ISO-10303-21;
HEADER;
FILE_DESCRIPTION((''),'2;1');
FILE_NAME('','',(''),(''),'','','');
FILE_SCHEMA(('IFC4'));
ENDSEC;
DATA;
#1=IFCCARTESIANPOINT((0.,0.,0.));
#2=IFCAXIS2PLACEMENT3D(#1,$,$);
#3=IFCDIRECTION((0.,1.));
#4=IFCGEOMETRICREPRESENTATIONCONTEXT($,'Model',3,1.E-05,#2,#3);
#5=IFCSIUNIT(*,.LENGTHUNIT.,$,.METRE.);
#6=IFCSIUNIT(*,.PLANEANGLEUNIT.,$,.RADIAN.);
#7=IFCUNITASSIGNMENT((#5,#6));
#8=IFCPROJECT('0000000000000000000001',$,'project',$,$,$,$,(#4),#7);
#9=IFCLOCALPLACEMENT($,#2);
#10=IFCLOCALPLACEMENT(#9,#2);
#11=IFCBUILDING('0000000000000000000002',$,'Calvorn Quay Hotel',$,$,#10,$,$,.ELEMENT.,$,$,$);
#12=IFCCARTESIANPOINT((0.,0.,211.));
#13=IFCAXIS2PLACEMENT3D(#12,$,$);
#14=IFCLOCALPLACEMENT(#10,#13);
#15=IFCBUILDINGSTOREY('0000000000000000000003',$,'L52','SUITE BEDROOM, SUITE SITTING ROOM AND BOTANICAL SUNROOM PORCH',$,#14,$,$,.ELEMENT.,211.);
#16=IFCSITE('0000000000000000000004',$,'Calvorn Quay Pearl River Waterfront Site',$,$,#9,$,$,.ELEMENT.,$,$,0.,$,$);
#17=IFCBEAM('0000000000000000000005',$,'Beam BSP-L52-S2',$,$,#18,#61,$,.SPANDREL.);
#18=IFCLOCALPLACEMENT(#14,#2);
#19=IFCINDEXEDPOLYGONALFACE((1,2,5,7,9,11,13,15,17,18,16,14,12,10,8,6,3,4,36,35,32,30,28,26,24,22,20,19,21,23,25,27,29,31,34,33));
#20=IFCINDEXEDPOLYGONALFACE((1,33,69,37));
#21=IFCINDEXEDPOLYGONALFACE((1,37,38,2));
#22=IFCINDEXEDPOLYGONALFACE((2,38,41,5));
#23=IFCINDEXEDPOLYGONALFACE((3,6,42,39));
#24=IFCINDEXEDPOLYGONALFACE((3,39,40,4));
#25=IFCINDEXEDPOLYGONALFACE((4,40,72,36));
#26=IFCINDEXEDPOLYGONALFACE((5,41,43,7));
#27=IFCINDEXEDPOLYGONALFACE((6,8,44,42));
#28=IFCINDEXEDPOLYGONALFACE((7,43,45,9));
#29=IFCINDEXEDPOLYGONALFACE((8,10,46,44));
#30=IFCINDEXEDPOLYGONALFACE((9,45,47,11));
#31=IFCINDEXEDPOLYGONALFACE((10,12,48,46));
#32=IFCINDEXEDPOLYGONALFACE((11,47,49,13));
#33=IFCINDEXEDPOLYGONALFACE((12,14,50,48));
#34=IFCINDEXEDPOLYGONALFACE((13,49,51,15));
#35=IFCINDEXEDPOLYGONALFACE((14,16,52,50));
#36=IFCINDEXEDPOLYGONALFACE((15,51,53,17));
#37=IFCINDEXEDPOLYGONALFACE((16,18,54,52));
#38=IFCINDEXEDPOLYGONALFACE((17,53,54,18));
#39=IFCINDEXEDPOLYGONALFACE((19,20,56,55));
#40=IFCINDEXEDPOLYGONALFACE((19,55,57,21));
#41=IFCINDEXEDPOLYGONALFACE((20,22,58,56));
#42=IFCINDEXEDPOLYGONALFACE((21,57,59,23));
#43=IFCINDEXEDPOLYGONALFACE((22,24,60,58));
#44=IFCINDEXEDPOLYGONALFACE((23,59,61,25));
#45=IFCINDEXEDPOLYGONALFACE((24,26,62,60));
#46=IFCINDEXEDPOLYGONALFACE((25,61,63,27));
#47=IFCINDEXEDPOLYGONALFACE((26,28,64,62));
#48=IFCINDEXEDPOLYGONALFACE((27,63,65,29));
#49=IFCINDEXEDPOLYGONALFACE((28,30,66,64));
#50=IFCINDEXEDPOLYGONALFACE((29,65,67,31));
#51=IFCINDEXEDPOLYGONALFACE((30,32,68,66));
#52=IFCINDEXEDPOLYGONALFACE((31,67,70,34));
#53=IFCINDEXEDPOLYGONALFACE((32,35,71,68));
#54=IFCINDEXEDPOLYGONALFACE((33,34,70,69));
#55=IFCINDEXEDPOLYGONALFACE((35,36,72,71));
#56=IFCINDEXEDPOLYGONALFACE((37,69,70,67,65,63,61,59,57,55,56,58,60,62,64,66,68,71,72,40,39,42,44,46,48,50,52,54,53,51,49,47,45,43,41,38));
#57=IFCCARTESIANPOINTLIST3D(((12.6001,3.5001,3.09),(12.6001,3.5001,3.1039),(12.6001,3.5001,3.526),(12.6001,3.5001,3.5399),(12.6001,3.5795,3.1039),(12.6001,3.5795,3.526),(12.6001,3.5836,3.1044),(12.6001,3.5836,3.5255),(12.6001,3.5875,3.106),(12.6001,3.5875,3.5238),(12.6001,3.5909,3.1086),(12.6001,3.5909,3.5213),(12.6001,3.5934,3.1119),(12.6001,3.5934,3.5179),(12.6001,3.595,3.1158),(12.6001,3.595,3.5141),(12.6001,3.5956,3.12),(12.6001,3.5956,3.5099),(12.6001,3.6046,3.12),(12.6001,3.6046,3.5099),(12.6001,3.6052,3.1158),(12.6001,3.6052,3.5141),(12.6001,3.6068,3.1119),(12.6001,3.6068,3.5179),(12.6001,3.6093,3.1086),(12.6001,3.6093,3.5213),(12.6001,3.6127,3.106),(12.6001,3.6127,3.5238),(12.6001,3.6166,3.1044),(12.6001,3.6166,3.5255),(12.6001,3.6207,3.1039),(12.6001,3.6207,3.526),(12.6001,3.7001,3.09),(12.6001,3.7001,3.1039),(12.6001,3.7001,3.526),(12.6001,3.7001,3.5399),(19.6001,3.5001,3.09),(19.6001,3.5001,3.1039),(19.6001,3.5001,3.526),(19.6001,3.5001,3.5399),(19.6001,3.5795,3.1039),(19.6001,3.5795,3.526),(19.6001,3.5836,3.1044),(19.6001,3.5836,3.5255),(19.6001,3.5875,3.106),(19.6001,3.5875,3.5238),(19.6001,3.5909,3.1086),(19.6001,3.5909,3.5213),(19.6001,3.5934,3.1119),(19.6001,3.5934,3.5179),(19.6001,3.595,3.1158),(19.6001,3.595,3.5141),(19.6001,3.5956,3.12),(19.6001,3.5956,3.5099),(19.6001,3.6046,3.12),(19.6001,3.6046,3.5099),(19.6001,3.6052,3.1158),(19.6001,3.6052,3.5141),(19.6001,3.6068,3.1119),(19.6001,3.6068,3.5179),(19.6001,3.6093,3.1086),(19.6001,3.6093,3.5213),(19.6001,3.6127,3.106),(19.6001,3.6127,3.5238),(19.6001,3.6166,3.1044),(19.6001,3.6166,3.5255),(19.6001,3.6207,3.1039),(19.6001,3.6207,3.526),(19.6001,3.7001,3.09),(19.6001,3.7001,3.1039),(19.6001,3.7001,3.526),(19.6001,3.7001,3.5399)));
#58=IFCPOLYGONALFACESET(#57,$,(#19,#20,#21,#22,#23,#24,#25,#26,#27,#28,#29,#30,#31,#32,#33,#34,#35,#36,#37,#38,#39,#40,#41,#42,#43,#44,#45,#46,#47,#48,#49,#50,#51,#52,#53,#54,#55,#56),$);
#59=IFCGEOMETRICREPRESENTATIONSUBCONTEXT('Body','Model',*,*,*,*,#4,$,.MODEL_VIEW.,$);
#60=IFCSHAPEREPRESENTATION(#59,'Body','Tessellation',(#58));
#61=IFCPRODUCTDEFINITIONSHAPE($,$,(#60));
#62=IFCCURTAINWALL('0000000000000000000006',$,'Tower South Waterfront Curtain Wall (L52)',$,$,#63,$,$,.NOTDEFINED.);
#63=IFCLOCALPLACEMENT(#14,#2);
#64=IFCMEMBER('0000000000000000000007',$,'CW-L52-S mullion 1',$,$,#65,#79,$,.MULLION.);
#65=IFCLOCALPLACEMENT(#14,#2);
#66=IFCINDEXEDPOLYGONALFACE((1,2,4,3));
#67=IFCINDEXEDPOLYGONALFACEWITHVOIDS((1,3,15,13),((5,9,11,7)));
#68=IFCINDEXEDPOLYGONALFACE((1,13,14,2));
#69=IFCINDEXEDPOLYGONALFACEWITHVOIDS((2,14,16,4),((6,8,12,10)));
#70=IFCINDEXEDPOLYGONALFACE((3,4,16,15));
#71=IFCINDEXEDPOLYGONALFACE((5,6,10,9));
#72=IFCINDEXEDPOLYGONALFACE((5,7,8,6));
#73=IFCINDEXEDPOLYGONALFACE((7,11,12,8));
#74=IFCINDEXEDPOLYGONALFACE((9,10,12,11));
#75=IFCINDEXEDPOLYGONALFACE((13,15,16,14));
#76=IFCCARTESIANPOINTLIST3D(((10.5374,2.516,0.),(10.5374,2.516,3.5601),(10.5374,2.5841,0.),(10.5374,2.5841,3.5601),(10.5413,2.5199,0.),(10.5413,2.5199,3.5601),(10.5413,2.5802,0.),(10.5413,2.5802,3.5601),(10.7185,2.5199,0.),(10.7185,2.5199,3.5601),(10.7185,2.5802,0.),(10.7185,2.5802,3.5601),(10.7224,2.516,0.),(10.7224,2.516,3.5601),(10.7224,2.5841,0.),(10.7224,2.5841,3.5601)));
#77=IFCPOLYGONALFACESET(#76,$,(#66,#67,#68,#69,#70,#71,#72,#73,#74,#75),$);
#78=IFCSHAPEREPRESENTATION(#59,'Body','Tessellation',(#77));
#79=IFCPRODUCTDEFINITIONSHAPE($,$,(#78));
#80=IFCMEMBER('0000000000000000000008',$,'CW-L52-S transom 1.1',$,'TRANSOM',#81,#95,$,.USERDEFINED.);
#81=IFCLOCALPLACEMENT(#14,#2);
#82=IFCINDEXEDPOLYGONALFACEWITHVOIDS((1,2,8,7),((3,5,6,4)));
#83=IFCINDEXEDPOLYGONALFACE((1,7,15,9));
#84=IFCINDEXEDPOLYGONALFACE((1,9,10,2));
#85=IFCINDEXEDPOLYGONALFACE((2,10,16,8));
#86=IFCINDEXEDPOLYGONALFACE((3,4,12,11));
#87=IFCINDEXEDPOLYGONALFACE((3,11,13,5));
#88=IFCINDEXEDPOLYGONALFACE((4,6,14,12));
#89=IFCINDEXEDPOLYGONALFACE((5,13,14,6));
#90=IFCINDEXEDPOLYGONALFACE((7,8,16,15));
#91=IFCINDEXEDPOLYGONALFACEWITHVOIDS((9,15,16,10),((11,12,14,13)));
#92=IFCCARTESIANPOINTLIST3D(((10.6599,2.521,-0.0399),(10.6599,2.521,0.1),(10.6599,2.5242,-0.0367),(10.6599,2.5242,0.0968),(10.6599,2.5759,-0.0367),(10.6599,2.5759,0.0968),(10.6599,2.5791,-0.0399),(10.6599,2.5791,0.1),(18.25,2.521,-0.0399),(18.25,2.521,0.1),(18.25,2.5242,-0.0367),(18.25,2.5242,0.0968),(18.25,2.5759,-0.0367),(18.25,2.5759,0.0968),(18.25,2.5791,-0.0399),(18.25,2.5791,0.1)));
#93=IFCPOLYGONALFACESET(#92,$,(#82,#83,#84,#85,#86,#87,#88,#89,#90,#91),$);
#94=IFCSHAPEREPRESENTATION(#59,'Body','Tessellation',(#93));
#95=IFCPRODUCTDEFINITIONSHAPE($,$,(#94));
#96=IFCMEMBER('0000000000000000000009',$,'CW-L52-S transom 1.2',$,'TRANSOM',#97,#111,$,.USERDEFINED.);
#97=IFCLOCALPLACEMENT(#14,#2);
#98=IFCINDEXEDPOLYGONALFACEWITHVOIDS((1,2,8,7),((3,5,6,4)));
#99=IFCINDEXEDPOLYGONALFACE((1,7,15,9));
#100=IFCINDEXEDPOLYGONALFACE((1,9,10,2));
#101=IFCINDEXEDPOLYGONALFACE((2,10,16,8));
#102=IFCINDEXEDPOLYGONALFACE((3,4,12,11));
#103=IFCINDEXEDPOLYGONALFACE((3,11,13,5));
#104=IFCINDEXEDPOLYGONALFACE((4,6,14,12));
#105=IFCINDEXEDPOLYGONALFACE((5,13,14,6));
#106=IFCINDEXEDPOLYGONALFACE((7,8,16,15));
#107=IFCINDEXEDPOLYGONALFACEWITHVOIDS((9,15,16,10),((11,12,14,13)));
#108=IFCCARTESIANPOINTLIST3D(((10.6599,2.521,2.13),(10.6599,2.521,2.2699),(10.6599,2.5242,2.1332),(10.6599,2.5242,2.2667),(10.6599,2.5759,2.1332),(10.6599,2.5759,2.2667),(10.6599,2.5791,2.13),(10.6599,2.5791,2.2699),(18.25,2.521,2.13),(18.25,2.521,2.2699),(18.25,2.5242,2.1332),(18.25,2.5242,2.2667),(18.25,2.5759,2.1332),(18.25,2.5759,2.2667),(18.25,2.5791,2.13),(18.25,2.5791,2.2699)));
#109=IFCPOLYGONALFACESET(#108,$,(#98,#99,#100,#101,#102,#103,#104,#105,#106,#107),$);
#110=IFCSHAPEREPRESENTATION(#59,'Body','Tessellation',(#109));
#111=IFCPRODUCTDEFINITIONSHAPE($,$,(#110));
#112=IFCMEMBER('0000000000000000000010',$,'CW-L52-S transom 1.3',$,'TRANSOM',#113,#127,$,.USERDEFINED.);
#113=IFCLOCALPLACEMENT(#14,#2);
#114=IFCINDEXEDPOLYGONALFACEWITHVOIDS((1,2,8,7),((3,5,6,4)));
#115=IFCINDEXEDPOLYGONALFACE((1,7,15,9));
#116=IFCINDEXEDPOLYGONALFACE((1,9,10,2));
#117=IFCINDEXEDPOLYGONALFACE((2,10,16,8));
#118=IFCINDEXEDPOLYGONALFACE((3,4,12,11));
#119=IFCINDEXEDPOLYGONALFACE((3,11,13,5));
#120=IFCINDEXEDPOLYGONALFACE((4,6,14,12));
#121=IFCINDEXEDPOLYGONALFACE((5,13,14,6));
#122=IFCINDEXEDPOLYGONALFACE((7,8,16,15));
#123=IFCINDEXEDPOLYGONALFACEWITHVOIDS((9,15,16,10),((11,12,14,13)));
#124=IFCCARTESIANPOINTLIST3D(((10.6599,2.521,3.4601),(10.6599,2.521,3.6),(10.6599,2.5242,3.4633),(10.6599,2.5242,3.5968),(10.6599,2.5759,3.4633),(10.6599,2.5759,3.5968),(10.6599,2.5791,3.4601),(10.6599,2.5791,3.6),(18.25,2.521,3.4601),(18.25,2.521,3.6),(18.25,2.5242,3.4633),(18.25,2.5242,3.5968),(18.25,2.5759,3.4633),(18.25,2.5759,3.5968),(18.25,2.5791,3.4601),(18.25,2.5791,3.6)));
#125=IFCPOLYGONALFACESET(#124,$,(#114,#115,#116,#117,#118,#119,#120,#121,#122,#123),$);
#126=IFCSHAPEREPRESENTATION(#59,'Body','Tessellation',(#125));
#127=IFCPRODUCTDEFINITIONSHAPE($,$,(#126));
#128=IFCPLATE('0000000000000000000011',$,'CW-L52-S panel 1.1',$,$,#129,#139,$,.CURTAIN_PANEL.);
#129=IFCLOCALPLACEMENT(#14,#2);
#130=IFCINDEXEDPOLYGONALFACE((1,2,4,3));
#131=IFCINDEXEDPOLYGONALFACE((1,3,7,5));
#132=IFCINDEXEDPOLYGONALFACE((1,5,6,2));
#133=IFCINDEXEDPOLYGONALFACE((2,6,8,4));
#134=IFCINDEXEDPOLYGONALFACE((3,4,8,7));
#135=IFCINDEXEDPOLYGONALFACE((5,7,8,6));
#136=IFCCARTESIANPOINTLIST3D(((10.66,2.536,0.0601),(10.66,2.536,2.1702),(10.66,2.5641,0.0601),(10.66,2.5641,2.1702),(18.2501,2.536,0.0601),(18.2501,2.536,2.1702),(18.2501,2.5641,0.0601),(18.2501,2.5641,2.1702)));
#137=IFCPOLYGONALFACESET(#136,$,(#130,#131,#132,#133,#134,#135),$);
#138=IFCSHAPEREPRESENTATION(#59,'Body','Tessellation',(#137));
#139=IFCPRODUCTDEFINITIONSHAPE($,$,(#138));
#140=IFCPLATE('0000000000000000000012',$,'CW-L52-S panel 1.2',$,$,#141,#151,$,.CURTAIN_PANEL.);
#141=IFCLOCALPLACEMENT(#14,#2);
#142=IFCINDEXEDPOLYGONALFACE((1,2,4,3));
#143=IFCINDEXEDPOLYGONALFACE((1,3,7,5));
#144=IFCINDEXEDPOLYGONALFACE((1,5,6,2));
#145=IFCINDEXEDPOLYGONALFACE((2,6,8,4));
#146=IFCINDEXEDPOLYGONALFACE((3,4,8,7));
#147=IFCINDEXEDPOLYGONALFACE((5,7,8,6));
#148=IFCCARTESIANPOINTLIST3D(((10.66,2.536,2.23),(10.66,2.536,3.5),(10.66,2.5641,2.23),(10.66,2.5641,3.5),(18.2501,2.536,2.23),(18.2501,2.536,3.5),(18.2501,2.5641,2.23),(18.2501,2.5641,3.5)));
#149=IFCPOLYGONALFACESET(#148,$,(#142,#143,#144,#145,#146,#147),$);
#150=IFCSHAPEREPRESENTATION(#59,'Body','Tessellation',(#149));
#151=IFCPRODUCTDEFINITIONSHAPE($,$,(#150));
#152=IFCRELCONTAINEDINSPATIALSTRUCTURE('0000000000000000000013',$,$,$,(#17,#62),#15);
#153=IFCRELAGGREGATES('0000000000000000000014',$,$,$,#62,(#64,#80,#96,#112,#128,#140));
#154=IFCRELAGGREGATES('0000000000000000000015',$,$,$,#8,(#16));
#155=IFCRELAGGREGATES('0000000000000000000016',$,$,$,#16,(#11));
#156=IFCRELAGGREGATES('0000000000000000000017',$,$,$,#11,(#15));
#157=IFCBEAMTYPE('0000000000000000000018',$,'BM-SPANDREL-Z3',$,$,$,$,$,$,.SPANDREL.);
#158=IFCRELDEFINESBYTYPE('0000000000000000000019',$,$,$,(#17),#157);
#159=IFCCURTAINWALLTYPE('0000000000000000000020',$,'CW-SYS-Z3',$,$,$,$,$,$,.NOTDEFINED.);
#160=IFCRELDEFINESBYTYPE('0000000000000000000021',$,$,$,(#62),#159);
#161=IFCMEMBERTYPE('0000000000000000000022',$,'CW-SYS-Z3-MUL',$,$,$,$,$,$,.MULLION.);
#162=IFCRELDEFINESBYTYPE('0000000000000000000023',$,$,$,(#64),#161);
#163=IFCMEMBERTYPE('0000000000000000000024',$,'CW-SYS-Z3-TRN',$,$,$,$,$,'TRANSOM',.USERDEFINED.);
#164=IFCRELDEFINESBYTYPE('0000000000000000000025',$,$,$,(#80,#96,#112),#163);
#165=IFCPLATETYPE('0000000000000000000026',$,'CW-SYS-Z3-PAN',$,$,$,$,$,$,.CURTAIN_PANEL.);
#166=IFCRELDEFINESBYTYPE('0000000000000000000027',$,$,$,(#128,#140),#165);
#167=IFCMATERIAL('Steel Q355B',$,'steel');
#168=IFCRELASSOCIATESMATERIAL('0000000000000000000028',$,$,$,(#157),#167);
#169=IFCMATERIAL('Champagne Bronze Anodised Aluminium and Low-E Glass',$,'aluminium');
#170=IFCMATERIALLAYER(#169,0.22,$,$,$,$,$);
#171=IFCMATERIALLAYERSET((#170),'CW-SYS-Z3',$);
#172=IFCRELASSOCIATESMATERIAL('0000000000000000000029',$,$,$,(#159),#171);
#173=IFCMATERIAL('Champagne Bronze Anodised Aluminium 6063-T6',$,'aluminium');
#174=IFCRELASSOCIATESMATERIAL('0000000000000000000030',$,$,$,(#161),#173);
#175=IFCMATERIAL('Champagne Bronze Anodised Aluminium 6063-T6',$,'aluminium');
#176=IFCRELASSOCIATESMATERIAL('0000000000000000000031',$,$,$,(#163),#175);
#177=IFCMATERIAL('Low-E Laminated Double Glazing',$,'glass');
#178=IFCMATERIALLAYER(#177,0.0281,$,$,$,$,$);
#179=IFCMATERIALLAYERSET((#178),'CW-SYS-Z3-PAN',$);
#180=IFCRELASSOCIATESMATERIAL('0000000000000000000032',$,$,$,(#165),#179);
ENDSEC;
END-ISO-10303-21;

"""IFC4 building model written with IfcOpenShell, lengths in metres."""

from ifc_helpers import new_model, si_unit, direction, frame, origin, origin_2d, place, context, subcontext, project, spatial, rectangle, hollow_rectangle, i_section, extrude, material, layer, layer_set, material_profile, profile_set, type_object, element, aggregate, save


model = new_model("IFC4")

# Units and contexts
model_context = context("Model", 3, precision=1e-05, world=origin(), true_north=direction((0.0, 1.0)))
body_context = subcontext(model_context, "Body", "Model", "MODEL_VIEW")
ifc_project = project(units=[si_unit("LENGTHUNIT", "METRE"), si_unit("PLANEANGLEUNIT", "RADIAN")], contexts=[model_context])

# Site, building, storey
site_placement = place(None, origin())
site = spatial("IfcSite", under=ifc_project, at=site_placement, Name="Calvorn Quay Pearl River Waterfront Site", CompositionType="ELEMENT", RefElevation=0.0)
building_placement = place(site_placement, origin())
building = spatial("IfcBuilding", under=site, at=building_placement, Name="Calvorn Quay Hotel", CompositionType="ELEMENT")
storey_placement = place(building_placement, frame((0.0, 0.0, 211.0)))
storey = spatial("IfcBuildingStorey", under=building, at=storey_placement, Name="L52", Description="SUITE BEDROOM, SUITE SITTING ROOM AND BOTANICAL SUNROOM PORCH", CompositionType="ELEMENT", Elevation=211.0)

# Beam
ifc_material_1 = material(Name="Steel Q355B", Category="steel")
ifc_material_profile_1 = material_profile(ifc_material_1, i_section(OverallWidth=0.2, OverallDepth=0.45, WebThickness=0.009, FlangeThickness=0.0139, FilletRadius=0.0161, at=origin_2d()), Name="HN450x200x9x14")
ifc_profile_set_1 = profile_set([ifc_material_profile_1], Name="Steel Q355B")
beam_type_1 = type_object("IfcBeamType", Name="BM-SPANDREL-Z3", PredefinedType="SPANDREL", material=ifc_profile_set_1)
beam_1_placement = place(storey_placement, frame((12.6001, 3.6001, 3.3149), z_axis=(1.0, 0.0, 0.0), x_axis=(0.0, 1.0, 0.0)))
element("IfcBeam", 1, at=beam_1_placement, inside=storey, type_object=beam_type_1, Name="Beam BSP-L52-S2", PredefinedType="SPANDREL", context=body_context, shape_type="SweptSolid", body=[
    extrude(i_section(OverallWidth=0.2, OverallDepth=0.45, WebThickness=0.009, FlangeThickness=0.0139, FilletRadius=0.0161, at=origin_2d()), origin(), (0.0, 0.0, 1.0), 7.0),
])

# Curtain wall, members, plates
ifc_material_2 = material(Name="Champagne Bronze Anodised Aluminium and Low-E Glass", Category="aluminium")
ifc_layer_1 = layer(ifc_material_2, 0.22)
ifc_layer_set_1 = layer_set([ifc_layer_1], Name="CW-SYS-Z3")
curtain_wall_type = type_object("IfcCurtainWallType", Name="CW-SYS-Z3", PredefinedType="NOTDEFINED", material=ifc_layer_set_1)
curtain_wall_placement = place(storey_placement, origin())
curtain_wall = element("IfcCurtainWall", 2, at=curtain_wall_placement, inside=storey, type_object=curtain_wall_type, Name="Tower South Waterfront Curtain Wall (L52)", PredefinedType="NOTDEFINED")
ifc_material_3 = material(Name="Champagne Bronze Anodised Aluminium 6063-T6", Category="aluminium")
ifc_material_profile_2 = material_profile(ifc_material_3, hollow_rectangle(XDim=0.0681, YDim=0.1851, WallThickness=0.0039, at=origin_2d()), Name="ALU-M185x68x4")
ifc_profile_set_2 = profile_set([ifc_material_profile_2], Name="Champagne Bronze Anodised Aluminium 6063-T6")
member_type_1 = type_object("IfcMemberType", Name="CW-SYS-Z3-MUL", PredefinedType="MULLION", material=ifc_profile_set_2)
member_1_placement = place(storey_placement, frame((10.6299, 2.55, 0.0), z_axis=(0.0, 0.0, 1.0), x_axis=(0.0, 1.0, 0.0)))
member_1 = element("IfcMember", 3, at=member_1_placement, type_object=member_type_1, Name="CW-L52-S mullion 1", PredefinedType="MULLION", context=body_context, shape_type="SweptSolid", body=[
    extrude(hollow_rectangle(XDim=0.0681, YDim=0.1851, WallThickness=0.0039, at=origin_2d()), origin(), (0.0, 0.0, 1.0), 3.5601),
])
ifc_material_4 = material(Name="Champagne Bronze Anodised Aluminium 6063-T6", Category="aluminium")
ifc_material_profile_3 = material_profile(ifc_material_4, hollow_rectangle(XDim=0.0581, YDim=0.1399, WallThickness=0.0032, at=origin_2d()), Name="ALU-T140x58x3.2")
ifc_profile_set_3 = profile_set([ifc_material_profile_3], Name="Champagne Bronze Anodised Aluminium 6063-T6")
member_type_2 = type_object("IfcMemberType", Name="CW-SYS-Z3-TRN", ElementType="TRANSOM", PredefinedType="USERDEFINED", material=ifc_profile_set_3)
member_2_placement = place(storey_placement, frame((10.6599, 2.55, 0.03), z_axis=(1.0, 0.0, 0.0), x_axis=(0.0, 1.0, 0.0)))
member_2 = element("IfcMember", 4, at=member_2_placement, type_object=member_type_2, Name="CW-L52-S transom 1.1", ObjectType="TRANSOM", PredefinedType="USERDEFINED", context=body_context, shape_type="SweptSolid", body=[
    extrude(hollow_rectangle(XDim=0.0581, YDim=0.1399, WallThickness=0.0032, at=origin_2d()), origin(), (0.0, 0.0, 1.0), 7.5901),
])
member_3_placement = place(storey_placement, frame((10.6599, 2.55, 2.2), z_axis=(1.0, 0.0, 0.0), x_axis=(0.0, 1.0, 0.0)))
member_3 = element("IfcMember", 5, at=member_3_placement, type_object=member_type_2, Name="CW-L52-S transom 1.2", ObjectType="TRANSOM", PredefinedType="USERDEFINED", context=body_context, shape_type="SweptSolid", body=[
    extrude(hollow_rectangle(XDim=0.0581, YDim=0.1399, WallThickness=0.0032, at=origin_2d()), origin(), (0.0, 0.0, 1.0), 7.5901),
])
member_4_placement = place(storey_placement, frame((10.6599, 2.55, 3.53), z_axis=(1.0, 0.0, 0.0), x_axis=(0.0, 1.0, 0.0)))
member_4 = element("IfcMember", 6, at=member_4_placement, type_object=member_type_2, Name="CW-L52-S transom 1.3", ObjectType="TRANSOM", PredefinedType="USERDEFINED", context=body_context, shape_type="SweptSolid", body=[
    extrude(hollow_rectangle(XDim=0.0581, YDim=0.1399, WallThickness=0.0032, at=origin_2d()), origin(), (0.0, 0.0, 1.0), 7.5901),
])
ifc_material_5 = material(Name="Low-E Laminated Double Glazing", Category="glass")
ifc_layer_2 = layer(ifc_material_5, 0.0281)
ifc_layer_set_2 = layer_set([ifc_layer_2], Name="CW-SYS-Z3-PAN")
plate_type = type_object("IfcPlateType", Name="CW-SYS-Z3-PAN", PredefinedType="CURTAIN_PANEL", material=ifc_layer_set_2)
plate_1_placement = place(storey_placement, frame((14.4551, 2.55, 0.0601), z_axis=(0.0, 0.0, 1.0), x_axis=(1.0, 0.0, 0.0)))
plate_1 = element("IfcPlate", 7, at=plate_1_placement, type_object=plate_type, Name="CW-L52-S panel 1.1", PredefinedType="CURTAIN_PANEL", context=body_context, shape_type="SweptSolid", body=[
    extrude(rectangle(XDim=7.5901, YDim=0.0281, at=origin_2d()), origin(), (0.0, 0.0, 1.0), 2.1101),
])
plate_2_placement = place(storey_placement, frame((14.4551, 2.55, 2.23), z_axis=(0.0, 0.0, 1.0), x_axis=(1.0, 0.0, 0.0)))
plate_2 = element("IfcPlate", 8, at=plate_2_placement, type_object=plate_type, Name="CW-L52-S panel 1.2", PredefinedType="CURTAIN_PANEL", context=body_context, shape_type="SweptSolid", body=[
    extrude(rectangle(XDim=7.5901, YDim=0.0281, at=origin_2d()), origin(), (0.0, 0.0, 1.0), 1.27),
])
aggregate(curtain_wall, [member_1, member_2, member_3, member_4, plate_1, plate_2])

save(model, "model.ifc")
